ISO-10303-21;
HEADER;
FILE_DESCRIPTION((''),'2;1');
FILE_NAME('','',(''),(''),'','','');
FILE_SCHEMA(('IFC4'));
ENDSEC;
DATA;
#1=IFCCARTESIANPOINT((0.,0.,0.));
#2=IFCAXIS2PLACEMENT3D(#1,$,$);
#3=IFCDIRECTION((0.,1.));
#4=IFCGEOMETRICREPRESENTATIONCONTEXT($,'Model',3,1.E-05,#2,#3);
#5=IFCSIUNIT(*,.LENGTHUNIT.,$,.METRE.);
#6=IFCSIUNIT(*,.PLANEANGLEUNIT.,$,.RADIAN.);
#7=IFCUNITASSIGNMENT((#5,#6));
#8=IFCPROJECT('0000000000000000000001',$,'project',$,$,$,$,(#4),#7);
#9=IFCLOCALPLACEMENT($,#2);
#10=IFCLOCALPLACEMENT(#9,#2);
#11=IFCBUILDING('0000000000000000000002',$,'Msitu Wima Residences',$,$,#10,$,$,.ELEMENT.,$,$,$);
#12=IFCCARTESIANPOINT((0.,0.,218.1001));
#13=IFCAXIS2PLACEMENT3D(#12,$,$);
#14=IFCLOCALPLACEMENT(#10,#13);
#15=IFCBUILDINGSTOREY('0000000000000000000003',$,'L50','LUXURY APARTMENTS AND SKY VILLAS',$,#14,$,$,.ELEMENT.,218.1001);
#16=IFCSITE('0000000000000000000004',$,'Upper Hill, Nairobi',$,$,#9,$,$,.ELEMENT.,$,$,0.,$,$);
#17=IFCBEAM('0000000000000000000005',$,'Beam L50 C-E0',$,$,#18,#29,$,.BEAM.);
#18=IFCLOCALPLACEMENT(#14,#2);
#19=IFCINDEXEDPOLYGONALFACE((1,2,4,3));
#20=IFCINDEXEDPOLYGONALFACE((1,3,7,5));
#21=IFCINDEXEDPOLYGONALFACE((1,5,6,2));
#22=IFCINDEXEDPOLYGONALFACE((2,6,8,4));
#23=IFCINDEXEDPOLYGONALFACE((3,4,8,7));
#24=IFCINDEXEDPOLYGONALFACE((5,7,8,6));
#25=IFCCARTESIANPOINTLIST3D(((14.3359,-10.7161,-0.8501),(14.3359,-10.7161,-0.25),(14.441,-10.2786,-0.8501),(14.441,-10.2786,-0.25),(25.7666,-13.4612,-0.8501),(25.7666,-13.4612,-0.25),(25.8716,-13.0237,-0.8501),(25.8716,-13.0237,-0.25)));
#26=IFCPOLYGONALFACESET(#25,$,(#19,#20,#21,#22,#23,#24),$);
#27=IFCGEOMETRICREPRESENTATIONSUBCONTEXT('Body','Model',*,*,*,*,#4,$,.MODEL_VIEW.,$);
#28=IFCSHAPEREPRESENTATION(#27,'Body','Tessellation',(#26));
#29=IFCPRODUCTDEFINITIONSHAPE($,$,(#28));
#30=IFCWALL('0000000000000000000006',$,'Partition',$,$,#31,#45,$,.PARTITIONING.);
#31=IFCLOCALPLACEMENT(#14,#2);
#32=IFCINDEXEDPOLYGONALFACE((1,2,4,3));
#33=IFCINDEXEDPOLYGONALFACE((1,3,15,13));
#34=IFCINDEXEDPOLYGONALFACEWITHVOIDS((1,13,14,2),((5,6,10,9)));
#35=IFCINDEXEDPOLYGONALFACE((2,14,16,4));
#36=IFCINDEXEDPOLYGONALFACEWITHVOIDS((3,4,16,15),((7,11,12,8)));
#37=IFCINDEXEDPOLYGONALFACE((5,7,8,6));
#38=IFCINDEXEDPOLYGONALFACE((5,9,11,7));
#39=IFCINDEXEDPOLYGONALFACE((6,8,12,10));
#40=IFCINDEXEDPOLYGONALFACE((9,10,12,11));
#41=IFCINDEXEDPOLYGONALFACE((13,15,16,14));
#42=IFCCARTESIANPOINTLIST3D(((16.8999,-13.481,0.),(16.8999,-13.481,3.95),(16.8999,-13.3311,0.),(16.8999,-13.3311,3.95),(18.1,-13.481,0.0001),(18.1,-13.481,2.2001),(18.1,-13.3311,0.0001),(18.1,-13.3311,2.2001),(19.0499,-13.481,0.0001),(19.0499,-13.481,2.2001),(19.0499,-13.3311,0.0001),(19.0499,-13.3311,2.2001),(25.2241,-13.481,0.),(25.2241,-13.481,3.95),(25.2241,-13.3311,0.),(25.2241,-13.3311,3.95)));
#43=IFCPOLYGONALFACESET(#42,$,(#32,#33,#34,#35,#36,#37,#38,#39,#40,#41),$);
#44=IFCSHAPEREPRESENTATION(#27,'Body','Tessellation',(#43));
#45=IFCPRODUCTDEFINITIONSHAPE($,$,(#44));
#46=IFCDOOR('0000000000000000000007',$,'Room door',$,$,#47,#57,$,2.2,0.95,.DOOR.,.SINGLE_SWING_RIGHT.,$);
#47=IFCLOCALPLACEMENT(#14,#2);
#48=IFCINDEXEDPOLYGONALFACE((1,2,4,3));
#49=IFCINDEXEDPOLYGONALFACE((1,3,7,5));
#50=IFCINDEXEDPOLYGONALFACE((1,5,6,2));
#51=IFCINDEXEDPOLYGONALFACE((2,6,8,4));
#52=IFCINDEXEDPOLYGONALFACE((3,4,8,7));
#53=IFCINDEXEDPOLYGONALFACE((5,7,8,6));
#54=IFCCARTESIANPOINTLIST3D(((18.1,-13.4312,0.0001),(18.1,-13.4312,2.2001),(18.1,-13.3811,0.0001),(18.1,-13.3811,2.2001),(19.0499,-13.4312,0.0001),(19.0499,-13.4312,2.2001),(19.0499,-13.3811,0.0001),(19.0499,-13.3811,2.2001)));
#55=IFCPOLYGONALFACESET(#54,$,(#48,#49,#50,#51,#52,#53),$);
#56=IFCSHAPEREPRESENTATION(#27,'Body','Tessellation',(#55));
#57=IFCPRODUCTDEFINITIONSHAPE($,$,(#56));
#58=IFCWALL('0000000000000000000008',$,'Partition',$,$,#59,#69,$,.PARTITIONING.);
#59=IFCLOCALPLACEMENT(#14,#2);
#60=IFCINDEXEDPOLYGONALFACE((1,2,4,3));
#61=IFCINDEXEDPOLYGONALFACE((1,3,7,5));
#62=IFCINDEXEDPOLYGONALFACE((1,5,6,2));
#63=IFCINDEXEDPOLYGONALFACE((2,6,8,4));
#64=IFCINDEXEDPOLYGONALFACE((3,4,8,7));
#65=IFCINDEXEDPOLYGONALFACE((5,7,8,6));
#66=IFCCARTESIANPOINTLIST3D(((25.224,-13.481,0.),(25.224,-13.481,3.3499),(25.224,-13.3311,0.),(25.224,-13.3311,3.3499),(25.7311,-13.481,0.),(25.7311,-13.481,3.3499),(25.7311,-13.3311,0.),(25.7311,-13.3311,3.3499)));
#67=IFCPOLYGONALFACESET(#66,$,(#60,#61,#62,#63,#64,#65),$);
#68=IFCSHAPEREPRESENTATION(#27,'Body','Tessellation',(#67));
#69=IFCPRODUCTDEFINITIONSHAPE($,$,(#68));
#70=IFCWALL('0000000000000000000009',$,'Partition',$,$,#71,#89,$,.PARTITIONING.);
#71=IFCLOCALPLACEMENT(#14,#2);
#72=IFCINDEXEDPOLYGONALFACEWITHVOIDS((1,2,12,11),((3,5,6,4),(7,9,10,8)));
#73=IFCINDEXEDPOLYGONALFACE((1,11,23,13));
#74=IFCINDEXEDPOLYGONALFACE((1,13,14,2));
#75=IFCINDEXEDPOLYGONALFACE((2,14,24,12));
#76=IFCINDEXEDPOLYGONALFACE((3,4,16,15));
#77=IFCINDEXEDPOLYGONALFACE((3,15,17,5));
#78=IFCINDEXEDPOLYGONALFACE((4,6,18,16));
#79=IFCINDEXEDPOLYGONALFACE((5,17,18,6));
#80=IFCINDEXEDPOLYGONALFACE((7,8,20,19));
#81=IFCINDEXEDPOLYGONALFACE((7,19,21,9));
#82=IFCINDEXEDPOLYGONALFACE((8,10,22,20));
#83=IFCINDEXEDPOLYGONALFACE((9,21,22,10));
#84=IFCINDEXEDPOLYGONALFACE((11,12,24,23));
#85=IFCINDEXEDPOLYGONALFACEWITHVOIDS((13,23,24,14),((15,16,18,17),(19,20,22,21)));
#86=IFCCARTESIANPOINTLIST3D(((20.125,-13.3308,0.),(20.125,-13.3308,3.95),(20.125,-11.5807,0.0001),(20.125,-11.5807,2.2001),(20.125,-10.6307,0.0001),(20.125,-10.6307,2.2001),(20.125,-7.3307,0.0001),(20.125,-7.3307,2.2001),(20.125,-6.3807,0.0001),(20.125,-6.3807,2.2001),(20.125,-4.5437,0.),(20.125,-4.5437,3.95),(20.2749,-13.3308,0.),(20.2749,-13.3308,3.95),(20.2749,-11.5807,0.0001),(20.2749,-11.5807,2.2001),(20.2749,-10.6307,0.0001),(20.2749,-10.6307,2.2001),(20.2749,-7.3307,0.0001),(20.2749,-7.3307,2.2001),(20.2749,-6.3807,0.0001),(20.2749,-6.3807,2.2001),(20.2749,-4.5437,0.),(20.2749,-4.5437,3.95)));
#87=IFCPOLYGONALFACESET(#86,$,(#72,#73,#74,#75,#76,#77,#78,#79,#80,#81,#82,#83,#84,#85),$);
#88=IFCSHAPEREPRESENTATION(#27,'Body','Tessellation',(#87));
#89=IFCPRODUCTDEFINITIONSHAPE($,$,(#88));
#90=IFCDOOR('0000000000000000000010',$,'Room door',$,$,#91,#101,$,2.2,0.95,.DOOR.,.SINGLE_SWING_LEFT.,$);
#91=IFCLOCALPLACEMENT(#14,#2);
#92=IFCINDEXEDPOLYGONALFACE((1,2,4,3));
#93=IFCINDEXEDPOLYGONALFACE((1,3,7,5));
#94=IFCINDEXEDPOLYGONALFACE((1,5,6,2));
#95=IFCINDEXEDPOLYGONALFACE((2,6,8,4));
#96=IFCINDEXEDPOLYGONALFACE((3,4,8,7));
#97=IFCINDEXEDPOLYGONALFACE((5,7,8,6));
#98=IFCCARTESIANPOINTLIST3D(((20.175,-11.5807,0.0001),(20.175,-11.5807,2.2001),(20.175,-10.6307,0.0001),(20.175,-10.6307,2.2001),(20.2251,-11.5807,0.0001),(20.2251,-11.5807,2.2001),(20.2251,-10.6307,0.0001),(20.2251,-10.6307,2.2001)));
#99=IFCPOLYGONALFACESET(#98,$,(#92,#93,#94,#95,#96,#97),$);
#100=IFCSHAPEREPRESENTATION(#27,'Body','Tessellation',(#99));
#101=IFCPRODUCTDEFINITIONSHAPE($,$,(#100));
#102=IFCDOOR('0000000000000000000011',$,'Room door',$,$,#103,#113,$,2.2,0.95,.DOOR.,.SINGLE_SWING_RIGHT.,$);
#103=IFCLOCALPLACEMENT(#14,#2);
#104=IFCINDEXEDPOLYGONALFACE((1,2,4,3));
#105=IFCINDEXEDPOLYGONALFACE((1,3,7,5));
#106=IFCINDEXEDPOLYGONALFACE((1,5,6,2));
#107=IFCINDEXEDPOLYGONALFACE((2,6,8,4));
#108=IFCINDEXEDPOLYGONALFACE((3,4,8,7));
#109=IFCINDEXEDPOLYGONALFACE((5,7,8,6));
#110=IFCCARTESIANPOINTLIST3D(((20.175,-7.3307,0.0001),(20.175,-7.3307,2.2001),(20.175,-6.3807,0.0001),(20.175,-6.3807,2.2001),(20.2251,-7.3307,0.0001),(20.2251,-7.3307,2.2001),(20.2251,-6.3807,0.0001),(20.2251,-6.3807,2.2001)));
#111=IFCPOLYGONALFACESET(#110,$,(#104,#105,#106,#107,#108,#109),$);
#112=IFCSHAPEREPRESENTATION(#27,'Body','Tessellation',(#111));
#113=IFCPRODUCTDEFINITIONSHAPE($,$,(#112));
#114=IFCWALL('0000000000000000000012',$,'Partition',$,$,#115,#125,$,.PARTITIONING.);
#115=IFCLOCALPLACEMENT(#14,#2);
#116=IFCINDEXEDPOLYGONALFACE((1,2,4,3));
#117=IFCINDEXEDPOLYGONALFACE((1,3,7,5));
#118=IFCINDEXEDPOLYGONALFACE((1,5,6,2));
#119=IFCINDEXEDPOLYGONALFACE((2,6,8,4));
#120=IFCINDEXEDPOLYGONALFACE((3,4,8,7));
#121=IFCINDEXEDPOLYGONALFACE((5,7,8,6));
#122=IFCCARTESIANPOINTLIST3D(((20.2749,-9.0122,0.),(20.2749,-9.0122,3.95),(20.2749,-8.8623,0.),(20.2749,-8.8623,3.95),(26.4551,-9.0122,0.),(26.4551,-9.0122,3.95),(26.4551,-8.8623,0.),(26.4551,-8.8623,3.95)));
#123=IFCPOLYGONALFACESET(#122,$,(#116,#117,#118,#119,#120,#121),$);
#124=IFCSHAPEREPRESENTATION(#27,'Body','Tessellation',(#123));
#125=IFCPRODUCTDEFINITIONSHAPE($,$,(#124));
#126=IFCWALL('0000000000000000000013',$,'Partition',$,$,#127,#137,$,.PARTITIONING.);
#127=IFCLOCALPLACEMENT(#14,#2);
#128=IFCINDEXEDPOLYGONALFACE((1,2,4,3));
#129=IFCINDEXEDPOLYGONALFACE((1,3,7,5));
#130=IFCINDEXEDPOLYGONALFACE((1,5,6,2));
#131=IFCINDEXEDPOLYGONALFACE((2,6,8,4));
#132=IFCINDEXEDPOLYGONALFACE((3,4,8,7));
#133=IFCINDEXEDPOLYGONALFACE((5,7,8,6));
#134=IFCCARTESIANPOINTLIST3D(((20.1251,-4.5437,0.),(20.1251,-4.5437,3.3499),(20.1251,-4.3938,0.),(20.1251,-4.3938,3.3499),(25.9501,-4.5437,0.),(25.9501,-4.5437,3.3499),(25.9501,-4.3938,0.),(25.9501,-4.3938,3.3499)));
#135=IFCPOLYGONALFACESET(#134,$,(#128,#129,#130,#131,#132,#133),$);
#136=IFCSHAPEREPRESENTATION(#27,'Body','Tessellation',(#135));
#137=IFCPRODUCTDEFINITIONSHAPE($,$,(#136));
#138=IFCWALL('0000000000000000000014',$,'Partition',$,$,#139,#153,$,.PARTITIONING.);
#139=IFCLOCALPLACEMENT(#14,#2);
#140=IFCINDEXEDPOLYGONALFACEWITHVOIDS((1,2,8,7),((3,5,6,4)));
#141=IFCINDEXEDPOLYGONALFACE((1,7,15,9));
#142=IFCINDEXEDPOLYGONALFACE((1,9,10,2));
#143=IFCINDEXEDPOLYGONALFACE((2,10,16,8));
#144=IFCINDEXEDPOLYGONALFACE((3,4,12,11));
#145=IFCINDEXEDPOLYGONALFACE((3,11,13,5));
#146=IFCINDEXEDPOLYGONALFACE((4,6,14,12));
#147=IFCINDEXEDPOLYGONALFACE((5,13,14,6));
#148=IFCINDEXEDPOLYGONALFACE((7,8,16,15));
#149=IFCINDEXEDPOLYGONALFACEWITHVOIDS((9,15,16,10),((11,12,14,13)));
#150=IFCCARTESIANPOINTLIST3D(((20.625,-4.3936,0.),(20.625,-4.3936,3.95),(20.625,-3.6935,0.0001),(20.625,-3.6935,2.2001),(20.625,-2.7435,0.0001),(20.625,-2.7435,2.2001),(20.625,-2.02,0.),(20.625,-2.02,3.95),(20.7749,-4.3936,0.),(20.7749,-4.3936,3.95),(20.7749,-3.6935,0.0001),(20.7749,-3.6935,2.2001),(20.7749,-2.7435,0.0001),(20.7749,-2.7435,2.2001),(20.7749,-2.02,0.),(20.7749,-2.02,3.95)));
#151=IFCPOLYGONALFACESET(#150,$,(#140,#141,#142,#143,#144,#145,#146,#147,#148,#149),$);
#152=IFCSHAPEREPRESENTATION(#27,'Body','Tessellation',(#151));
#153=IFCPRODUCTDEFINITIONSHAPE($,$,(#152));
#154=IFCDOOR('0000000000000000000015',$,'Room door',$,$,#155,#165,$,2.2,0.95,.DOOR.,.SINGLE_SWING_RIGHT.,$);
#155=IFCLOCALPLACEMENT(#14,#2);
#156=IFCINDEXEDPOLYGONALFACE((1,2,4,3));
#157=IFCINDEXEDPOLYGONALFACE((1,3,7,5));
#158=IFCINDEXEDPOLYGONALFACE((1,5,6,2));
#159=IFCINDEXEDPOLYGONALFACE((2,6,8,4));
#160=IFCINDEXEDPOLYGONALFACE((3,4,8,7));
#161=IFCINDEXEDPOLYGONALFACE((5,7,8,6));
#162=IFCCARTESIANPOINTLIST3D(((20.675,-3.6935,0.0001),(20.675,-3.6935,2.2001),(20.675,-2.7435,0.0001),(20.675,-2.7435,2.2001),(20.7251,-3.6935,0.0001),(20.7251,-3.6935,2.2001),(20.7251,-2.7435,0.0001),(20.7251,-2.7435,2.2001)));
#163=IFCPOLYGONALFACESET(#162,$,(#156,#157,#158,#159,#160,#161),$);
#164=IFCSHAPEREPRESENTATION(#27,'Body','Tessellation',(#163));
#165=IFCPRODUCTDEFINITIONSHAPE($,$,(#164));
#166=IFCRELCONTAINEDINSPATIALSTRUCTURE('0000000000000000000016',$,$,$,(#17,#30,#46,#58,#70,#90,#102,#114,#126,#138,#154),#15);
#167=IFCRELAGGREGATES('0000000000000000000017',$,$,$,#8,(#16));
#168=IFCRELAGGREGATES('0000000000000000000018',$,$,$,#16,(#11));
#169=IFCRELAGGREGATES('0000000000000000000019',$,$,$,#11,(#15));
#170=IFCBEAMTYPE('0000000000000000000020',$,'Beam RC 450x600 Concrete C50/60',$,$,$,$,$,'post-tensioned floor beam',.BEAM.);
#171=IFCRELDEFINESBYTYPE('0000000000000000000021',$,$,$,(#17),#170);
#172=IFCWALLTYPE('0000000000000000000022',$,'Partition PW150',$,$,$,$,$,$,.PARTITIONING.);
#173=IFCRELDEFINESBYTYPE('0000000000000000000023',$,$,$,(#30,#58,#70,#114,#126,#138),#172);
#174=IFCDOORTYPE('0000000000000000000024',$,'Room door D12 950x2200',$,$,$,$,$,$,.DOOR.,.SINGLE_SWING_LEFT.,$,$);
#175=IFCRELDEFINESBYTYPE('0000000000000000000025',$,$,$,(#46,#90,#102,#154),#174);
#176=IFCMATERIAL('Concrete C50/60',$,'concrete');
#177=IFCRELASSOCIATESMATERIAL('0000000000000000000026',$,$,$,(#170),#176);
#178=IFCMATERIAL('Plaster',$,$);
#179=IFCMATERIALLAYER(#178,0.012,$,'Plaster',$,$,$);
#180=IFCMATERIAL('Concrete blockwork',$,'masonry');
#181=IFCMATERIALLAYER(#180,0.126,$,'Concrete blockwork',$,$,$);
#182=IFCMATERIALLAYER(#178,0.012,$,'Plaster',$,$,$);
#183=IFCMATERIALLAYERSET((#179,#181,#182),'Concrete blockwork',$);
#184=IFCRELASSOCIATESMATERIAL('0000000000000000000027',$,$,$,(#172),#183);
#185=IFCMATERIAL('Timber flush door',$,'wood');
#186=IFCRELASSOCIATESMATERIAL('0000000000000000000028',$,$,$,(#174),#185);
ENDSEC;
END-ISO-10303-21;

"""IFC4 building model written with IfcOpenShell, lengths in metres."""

from ifc_helpers import new_model, si_unit, direction, frame, frame_2d, origin, origin_2d, place, context, subcontext, project, spatial, rectangle, extrude, material, layer, layer_set, material_profile, profile_set, type_object, element, fill, save


model = new_model("IFC4")

# Units and contexts
model_context = context("Model", 3, precision=1e-05, world=origin(), true_north=direction((0.0, 1.0)))
body_context = subcontext(model_context, "Body", "Model", "MODEL_VIEW")
ifc_project = project(units=[si_unit("LENGTHUNIT", "METRE"), si_unit("PLANEANGLEUNIT", "RADIAN")], contexts=[model_context])

# Site, building, storey
site_placement = place(None, origin())
site = spatial("IfcSite", under=ifc_project, at=site_placement, Name="Upper Hill, Nairobi", CompositionType="ELEMENT", RefElevation=0.0)
building_placement = place(site_placement, origin())
building = spatial("IfcBuilding", under=site, at=building_placement, Name="Msitu Wima Residences", CompositionType="ELEMENT")
storey_placement = place(building_placement, frame((0.0, 0.0, 218.1001)))
storey = spatial("IfcBuildingStorey", under=building, at=storey_placement, Name="L50", Description="LUXURY APARTMENTS AND SKY VILLAS", CompositionType="ELEMENT", Elevation=218.1001)

# Beam
ifc_material_1 = material(Name="Concrete C50/60", Category="concrete")
ifc_material_profile = material_profile(ifc_material_1, rectangle(XDim=0.45, YDim=0.6001, at=origin_2d()), Name="RC 450x600")
ifc_profile_set = profile_set([ifc_material_profile], Name="Concrete C50/60")
beam_type = type_object("IfcBeamType", Name="Beam RC 450x600 Concrete C50/60", ElementType="post-tensioned floor beam", PredefinedType="BEAM", material=ifc_profile_set)
beam_placement = place(storey_placement, frame((25.8191, -13.2424, -0.55), z_axis=(-0.972353, 0.233514, 0.0), x_axis=(-0.233514, -0.972353, 0.0)))
element("IfcBeam", 1, at=beam_placement, inside=storey, type_object=beam_type, Name="Beam L50 C-E0", PredefinedType="BEAM", context=body_context, shape_type="SweptSolid", body=[
    extrude(rectangle(XDim=0.45, YDim=0.6001, at=origin_2d()), origin(), (0.0, 0.0, 1.0), 11.7556),
])

# Wall, opening, door
ifc_material_2 = material(Name="Plaster")
ifc_layer_1 = layer(ifc_material_2, 0.012, Name="Plaster")
ifc_material_3 = material(Name="Concrete blockwork", Category="masonry")
ifc_layer_2 = layer(ifc_material_3, 0.126, Name="Concrete blockwork")
ifc_layer_3 = layer(ifc_material_2, 0.012, Name="Plaster")
ifc_layer_set_1 = layer_set([ifc_layer_1, ifc_layer_2, ifc_layer_3], Name="Concrete blockwork")
wall_type_1 = type_object("IfcWallType", Name="Partition PW150", PredefinedType="PARTITIONING", material=ifc_layer_set_1)
wall_1_placement = place(storey_placement, frame((16.8999, -13.406, 0.0), z_axis=(0.0, 0.0, 1.0), x_axis=(1.0, 0.0, 0.0)))
wall_1 = element("IfcWall", 2, at=wall_1_placement, inside=storey, type_object=wall_type_1, Name="Partition", PredefinedType="PARTITIONING", context=body_context, shape_type="SweptSolid", body=[
    extrude(rectangle(XDim=8.3242, YDim=0.1499, at=frame_2d((4.1621, 0.0))), origin(), (0.0, 0.0, 1.0), 3.95),
])
opening_1_placement = place(wall_1_placement, frame((1.2, 0.0, 0.0)))
opening_1 = element("IfcOpeningElement", 3, at=opening_1_placement, cuts=wall_1, PredefinedType="OPENING", context=body_context, shape_type="SweptSolid", body=[
    extrude(rectangle(XDim=0.95, YDim=2.2, at=frame_2d((0.4751, 1.1001))), frame((0.0, 0.085, 0.0), z_axis=(0.0, -1.0, 0.0), x_axis=(1.0, 0.0, 0.0)), (0.0, 0.0, 1.0), 0.1699),
])
ifc_material_4 = material(Name="Timber flush door", Category="wood")
door_type_1 = type_object("IfcDoorType", Name="Room door D12 950x2200", OperationType="SINGLE_SWING_LEFT", PredefinedType="DOOR", material=ifc_material_4)
door_1_placement = place(opening_1_placement, origin())
door_1 = element("IfcDoor", 4, at=door_1_placement, inside=storey, type_object=door_type_1, Name="Room door", OperationType="SINGLE_SWING_RIGHT", OverallHeight=2.2, OverallWidth=0.95, PredefinedType="DOOR", context=body_context, shape_type="SweptSolid", body=[
    extrude(rectangle(XDim=0.95, YDim=2.2, at=frame_2d((0.4751, 1.1001))), frame((0.0, 0.0249, 0.0), z_axis=(0.0, -1.0, 0.0), x_axis=(1.0, 0.0, 0.0)), (0.0, 0.0, 1.0), 0.05),
])
fill(opening_1, door_1)

# Wall
wall_2_placement = place(storey_placement, frame((25.2241, -13.406, 0.0), z_axis=(0.0, 0.0, 1.0), x_axis=(1.0, 0.0, 0.0)))
element("IfcWall", 5, at=wall_2_placement, inside=storey, type_object=wall_type_1, Name="Partition", PredefinedType="PARTITIONING", context=body_context, shape_type="SweptSolid", body=[
    extrude(rectangle(XDim=0.5071, YDim=0.1499, at=frame_2d((0.2534, 0.0))), origin(), (0.0, 0.0, 1.0), 3.3499),
])

# Wall, openings, doors
wall_3_placement = place(storey_placement, frame((20.2, -13.3308, 0.0), z_axis=(0.0, 0.0, 1.0), x_axis=(0.0, 1.0, 0.0)))
wall_3 = element("IfcWall", 6, at=wall_3_placement, inside=storey, type_object=wall_type_1, Name="Partition", PredefinedType="PARTITIONING", context=body_context, shape_type="SweptSolid", body=[
    extrude(rectangle(XDim=8.7871, YDim=0.1499, at=frame_2d((4.3936, 0.0))), origin(), (0.0, 0.0, 1.0), 3.95),
])
opening_2_placement = place(wall_3_placement, frame((1.75, 0.0, 0.0)))
opening_2 = element("IfcOpeningElement", 7, at=opening_2_placement, cuts=wall_3, PredefinedType="OPENING", context=body_context, shape_type="SweptSolid", body=[
    extrude(rectangle(XDim=0.95, YDim=2.2, at=frame_2d((0.4751, 1.1001))), frame((0.0, 0.085, 0.0), z_axis=(0.0, -1.0, 0.0), x_axis=(1.0, 0.0, 0.0)), (0.0, 0.0, 1.0), 0.1699),
])
opening_3_placement = place(wall_3_placement, frame((6.0, 0.0, 0.0)))
opening_3 = element("IfcOpeningElement", 8, at=opening_3_placement, cuts=wall_3, PredefinedType="OPENING", context=body_context, shape_type="SweptSolid", body=[
    extrude(rectangle(XDim=0.95, YDim=2.2, at=frame_2d((0.4751, 1.1001))), frame((0.0, 0.085, 0.0), z_axis=(0.0, -1.0, 0.0), x_axis=(1.0, 0.0, 0.0)), (0.0, 0.0, 1.0), 0.1699),
])
door_2_placement = place(opening_2_placement, origin())
door_2 = element("IfcDoor", 9, at=door_2_placement, inside=storey, type_object=door_type_1, Name="Room door", OperationType="SINGLE_SWING_LEFT", OverallHeight=2.2, OverallWidth=0.95, PredefinedType="DOOR", context=body_context, shape_type="SweptSolid", body=[
    extrude(rectangle(XDim=0.95, YDim=2.2, at=frame_2d((0.4751, 1.1001))), frame((0.0, 0.0249, 0.0), z_axis=(0.0, -1.0, 0.0), x_axis=(1.0, 0.0, 0.0)), (0.0, 0.0, 1.0), 0.05),
])
fill(opening_2, door_2)
door_3_placement = place(opening_3_placement, origin())
door_3 = element("IfcDoor", 10, at=door_3_placement, inside=storey, type_object=door_type_1, Name="Room door", OperationType="SINGLE_SWING_RIGHT", OverallHeight=2.2, OverallWidth=0.95, PredefinedType="DOOR", context=body_context, shape_type="SweptSolid", body=[
    extrude(rectangle(XDim=0.95, YDim=2.2, at=frame_2d((0.4751, 1.1001))), frame((0.0, 0.0249, 0.0), z_axis=(0.0, -1.0, 0.0), x_axis=(1.0, 0.0, 0.0)), (0.0, 0.0, 1.0), 0.05),
])
fill(opening_3, door_3)

# Walls
wall_4_placement = place(storey_placement, frame((20.2749, -8.9373, 0.0), z_axis=(0.0, 0.0, 1.0), x_axis=(1.0, 0.0, 0.0)))
element("IfcWall", 11, at=wall_4_placement, inside=storey, type_object=wall_type_1, Name="Partition", PredefinedType="PARTITIONING", context=body_context, shape_type="SweptSolid", body=[
    extrude(rectangle(XDim=6.1802, YDim=0.1499, at=frame_2d((3.0901, 0.0))), origin(), (0.0, 0.0, 1.0), 3.95),
])
wall_5_placement = place(storey_placement, frame((20.125, -4.4688, 0.0), z_axis=(0.0, 0.0, 1.0), x_axis=(1.0, 0.0, 0.0)))
element("IfcWall", 12, at=wall_5_placement, inside=storey, type_object=wall_type_1, Name="Partition", PredefinedType="PARTITIONING", context=body_context, shape_type="SweptSolid", body=[
    extrude(rectangle(XDim=5.825, YDim=0.1499, at=frame_2d((2.9126, 0.0))), origin(), (0.0, 0.0, 1.0), 3.3499),
])

# Wall, opening, door
wall_6_placement = place(storey_placement, frame((20.7, -4.3936, 0.0), z_axis=(0.0, 0.0, 1.0), x_axis=(0.0, 1.0, 0.0)))
wall_6 = element("IfcWall", 13, at=wall_6_placement, inside=storey, type_object=wall_type_1, Name="Partition", PredefinedType="PARTITIONING", context=body_context, shape_type="SweptSolid", body=[
    extrude(rectangle(XDim=2.3735, YDim=0.1499, at=frame_2d((1.1868, 0.0))), origin(), (0.0, 0.0, 1.0), 3.95),
])
opening_4_placement = place(wall_6_placement, frame((0.7, 0.0, 0.0)))
opening_4 = element("IfcOpeningElement", 14, at=opening_4_placement, cuts=wall_6, PredefinedType="OPENING", context=body_context, shape_type="SweptSolid", body=[
    extrude(rectangle(XDim=0.95, YDim=2.2, at=frame_2d((0.4751, 1.1001))), frame((0.0, 0.085, 0.0), z_axis=(0.0, -1.0, 0.0), x_axis=(1.0, 0.0, 0.0)), (0.0, 0.0, 1.0), 0.1699),
])
door_4_placement = place(opening_4_placement, origin())
door_4 = element("IfcDoor", 15, at=door_4_placement, inside=storey, type_object=door_type_1, Name="Room door", OperationType="SINGLE_SWING_RIGHT", OverallHeight=2.2, OverallWidth=0.95, PredefinedType="DOOR", context=body_context, shape_type="SweptSolid", body=[
    extrude(rectangle(XDim=0.95, YDim=2.2, at=frame_2d((0.4751, 1.1001))), frame((0.0, 0.0249, 0.0), z_axis=(0.0, -1.0, 0.0), x_axis=(1.0, 0.0, 0.0)), (0.0, 0.0, 1.0), 0.05),
])
fill(opening_4, door_4)

save(model, "model.ifc")
